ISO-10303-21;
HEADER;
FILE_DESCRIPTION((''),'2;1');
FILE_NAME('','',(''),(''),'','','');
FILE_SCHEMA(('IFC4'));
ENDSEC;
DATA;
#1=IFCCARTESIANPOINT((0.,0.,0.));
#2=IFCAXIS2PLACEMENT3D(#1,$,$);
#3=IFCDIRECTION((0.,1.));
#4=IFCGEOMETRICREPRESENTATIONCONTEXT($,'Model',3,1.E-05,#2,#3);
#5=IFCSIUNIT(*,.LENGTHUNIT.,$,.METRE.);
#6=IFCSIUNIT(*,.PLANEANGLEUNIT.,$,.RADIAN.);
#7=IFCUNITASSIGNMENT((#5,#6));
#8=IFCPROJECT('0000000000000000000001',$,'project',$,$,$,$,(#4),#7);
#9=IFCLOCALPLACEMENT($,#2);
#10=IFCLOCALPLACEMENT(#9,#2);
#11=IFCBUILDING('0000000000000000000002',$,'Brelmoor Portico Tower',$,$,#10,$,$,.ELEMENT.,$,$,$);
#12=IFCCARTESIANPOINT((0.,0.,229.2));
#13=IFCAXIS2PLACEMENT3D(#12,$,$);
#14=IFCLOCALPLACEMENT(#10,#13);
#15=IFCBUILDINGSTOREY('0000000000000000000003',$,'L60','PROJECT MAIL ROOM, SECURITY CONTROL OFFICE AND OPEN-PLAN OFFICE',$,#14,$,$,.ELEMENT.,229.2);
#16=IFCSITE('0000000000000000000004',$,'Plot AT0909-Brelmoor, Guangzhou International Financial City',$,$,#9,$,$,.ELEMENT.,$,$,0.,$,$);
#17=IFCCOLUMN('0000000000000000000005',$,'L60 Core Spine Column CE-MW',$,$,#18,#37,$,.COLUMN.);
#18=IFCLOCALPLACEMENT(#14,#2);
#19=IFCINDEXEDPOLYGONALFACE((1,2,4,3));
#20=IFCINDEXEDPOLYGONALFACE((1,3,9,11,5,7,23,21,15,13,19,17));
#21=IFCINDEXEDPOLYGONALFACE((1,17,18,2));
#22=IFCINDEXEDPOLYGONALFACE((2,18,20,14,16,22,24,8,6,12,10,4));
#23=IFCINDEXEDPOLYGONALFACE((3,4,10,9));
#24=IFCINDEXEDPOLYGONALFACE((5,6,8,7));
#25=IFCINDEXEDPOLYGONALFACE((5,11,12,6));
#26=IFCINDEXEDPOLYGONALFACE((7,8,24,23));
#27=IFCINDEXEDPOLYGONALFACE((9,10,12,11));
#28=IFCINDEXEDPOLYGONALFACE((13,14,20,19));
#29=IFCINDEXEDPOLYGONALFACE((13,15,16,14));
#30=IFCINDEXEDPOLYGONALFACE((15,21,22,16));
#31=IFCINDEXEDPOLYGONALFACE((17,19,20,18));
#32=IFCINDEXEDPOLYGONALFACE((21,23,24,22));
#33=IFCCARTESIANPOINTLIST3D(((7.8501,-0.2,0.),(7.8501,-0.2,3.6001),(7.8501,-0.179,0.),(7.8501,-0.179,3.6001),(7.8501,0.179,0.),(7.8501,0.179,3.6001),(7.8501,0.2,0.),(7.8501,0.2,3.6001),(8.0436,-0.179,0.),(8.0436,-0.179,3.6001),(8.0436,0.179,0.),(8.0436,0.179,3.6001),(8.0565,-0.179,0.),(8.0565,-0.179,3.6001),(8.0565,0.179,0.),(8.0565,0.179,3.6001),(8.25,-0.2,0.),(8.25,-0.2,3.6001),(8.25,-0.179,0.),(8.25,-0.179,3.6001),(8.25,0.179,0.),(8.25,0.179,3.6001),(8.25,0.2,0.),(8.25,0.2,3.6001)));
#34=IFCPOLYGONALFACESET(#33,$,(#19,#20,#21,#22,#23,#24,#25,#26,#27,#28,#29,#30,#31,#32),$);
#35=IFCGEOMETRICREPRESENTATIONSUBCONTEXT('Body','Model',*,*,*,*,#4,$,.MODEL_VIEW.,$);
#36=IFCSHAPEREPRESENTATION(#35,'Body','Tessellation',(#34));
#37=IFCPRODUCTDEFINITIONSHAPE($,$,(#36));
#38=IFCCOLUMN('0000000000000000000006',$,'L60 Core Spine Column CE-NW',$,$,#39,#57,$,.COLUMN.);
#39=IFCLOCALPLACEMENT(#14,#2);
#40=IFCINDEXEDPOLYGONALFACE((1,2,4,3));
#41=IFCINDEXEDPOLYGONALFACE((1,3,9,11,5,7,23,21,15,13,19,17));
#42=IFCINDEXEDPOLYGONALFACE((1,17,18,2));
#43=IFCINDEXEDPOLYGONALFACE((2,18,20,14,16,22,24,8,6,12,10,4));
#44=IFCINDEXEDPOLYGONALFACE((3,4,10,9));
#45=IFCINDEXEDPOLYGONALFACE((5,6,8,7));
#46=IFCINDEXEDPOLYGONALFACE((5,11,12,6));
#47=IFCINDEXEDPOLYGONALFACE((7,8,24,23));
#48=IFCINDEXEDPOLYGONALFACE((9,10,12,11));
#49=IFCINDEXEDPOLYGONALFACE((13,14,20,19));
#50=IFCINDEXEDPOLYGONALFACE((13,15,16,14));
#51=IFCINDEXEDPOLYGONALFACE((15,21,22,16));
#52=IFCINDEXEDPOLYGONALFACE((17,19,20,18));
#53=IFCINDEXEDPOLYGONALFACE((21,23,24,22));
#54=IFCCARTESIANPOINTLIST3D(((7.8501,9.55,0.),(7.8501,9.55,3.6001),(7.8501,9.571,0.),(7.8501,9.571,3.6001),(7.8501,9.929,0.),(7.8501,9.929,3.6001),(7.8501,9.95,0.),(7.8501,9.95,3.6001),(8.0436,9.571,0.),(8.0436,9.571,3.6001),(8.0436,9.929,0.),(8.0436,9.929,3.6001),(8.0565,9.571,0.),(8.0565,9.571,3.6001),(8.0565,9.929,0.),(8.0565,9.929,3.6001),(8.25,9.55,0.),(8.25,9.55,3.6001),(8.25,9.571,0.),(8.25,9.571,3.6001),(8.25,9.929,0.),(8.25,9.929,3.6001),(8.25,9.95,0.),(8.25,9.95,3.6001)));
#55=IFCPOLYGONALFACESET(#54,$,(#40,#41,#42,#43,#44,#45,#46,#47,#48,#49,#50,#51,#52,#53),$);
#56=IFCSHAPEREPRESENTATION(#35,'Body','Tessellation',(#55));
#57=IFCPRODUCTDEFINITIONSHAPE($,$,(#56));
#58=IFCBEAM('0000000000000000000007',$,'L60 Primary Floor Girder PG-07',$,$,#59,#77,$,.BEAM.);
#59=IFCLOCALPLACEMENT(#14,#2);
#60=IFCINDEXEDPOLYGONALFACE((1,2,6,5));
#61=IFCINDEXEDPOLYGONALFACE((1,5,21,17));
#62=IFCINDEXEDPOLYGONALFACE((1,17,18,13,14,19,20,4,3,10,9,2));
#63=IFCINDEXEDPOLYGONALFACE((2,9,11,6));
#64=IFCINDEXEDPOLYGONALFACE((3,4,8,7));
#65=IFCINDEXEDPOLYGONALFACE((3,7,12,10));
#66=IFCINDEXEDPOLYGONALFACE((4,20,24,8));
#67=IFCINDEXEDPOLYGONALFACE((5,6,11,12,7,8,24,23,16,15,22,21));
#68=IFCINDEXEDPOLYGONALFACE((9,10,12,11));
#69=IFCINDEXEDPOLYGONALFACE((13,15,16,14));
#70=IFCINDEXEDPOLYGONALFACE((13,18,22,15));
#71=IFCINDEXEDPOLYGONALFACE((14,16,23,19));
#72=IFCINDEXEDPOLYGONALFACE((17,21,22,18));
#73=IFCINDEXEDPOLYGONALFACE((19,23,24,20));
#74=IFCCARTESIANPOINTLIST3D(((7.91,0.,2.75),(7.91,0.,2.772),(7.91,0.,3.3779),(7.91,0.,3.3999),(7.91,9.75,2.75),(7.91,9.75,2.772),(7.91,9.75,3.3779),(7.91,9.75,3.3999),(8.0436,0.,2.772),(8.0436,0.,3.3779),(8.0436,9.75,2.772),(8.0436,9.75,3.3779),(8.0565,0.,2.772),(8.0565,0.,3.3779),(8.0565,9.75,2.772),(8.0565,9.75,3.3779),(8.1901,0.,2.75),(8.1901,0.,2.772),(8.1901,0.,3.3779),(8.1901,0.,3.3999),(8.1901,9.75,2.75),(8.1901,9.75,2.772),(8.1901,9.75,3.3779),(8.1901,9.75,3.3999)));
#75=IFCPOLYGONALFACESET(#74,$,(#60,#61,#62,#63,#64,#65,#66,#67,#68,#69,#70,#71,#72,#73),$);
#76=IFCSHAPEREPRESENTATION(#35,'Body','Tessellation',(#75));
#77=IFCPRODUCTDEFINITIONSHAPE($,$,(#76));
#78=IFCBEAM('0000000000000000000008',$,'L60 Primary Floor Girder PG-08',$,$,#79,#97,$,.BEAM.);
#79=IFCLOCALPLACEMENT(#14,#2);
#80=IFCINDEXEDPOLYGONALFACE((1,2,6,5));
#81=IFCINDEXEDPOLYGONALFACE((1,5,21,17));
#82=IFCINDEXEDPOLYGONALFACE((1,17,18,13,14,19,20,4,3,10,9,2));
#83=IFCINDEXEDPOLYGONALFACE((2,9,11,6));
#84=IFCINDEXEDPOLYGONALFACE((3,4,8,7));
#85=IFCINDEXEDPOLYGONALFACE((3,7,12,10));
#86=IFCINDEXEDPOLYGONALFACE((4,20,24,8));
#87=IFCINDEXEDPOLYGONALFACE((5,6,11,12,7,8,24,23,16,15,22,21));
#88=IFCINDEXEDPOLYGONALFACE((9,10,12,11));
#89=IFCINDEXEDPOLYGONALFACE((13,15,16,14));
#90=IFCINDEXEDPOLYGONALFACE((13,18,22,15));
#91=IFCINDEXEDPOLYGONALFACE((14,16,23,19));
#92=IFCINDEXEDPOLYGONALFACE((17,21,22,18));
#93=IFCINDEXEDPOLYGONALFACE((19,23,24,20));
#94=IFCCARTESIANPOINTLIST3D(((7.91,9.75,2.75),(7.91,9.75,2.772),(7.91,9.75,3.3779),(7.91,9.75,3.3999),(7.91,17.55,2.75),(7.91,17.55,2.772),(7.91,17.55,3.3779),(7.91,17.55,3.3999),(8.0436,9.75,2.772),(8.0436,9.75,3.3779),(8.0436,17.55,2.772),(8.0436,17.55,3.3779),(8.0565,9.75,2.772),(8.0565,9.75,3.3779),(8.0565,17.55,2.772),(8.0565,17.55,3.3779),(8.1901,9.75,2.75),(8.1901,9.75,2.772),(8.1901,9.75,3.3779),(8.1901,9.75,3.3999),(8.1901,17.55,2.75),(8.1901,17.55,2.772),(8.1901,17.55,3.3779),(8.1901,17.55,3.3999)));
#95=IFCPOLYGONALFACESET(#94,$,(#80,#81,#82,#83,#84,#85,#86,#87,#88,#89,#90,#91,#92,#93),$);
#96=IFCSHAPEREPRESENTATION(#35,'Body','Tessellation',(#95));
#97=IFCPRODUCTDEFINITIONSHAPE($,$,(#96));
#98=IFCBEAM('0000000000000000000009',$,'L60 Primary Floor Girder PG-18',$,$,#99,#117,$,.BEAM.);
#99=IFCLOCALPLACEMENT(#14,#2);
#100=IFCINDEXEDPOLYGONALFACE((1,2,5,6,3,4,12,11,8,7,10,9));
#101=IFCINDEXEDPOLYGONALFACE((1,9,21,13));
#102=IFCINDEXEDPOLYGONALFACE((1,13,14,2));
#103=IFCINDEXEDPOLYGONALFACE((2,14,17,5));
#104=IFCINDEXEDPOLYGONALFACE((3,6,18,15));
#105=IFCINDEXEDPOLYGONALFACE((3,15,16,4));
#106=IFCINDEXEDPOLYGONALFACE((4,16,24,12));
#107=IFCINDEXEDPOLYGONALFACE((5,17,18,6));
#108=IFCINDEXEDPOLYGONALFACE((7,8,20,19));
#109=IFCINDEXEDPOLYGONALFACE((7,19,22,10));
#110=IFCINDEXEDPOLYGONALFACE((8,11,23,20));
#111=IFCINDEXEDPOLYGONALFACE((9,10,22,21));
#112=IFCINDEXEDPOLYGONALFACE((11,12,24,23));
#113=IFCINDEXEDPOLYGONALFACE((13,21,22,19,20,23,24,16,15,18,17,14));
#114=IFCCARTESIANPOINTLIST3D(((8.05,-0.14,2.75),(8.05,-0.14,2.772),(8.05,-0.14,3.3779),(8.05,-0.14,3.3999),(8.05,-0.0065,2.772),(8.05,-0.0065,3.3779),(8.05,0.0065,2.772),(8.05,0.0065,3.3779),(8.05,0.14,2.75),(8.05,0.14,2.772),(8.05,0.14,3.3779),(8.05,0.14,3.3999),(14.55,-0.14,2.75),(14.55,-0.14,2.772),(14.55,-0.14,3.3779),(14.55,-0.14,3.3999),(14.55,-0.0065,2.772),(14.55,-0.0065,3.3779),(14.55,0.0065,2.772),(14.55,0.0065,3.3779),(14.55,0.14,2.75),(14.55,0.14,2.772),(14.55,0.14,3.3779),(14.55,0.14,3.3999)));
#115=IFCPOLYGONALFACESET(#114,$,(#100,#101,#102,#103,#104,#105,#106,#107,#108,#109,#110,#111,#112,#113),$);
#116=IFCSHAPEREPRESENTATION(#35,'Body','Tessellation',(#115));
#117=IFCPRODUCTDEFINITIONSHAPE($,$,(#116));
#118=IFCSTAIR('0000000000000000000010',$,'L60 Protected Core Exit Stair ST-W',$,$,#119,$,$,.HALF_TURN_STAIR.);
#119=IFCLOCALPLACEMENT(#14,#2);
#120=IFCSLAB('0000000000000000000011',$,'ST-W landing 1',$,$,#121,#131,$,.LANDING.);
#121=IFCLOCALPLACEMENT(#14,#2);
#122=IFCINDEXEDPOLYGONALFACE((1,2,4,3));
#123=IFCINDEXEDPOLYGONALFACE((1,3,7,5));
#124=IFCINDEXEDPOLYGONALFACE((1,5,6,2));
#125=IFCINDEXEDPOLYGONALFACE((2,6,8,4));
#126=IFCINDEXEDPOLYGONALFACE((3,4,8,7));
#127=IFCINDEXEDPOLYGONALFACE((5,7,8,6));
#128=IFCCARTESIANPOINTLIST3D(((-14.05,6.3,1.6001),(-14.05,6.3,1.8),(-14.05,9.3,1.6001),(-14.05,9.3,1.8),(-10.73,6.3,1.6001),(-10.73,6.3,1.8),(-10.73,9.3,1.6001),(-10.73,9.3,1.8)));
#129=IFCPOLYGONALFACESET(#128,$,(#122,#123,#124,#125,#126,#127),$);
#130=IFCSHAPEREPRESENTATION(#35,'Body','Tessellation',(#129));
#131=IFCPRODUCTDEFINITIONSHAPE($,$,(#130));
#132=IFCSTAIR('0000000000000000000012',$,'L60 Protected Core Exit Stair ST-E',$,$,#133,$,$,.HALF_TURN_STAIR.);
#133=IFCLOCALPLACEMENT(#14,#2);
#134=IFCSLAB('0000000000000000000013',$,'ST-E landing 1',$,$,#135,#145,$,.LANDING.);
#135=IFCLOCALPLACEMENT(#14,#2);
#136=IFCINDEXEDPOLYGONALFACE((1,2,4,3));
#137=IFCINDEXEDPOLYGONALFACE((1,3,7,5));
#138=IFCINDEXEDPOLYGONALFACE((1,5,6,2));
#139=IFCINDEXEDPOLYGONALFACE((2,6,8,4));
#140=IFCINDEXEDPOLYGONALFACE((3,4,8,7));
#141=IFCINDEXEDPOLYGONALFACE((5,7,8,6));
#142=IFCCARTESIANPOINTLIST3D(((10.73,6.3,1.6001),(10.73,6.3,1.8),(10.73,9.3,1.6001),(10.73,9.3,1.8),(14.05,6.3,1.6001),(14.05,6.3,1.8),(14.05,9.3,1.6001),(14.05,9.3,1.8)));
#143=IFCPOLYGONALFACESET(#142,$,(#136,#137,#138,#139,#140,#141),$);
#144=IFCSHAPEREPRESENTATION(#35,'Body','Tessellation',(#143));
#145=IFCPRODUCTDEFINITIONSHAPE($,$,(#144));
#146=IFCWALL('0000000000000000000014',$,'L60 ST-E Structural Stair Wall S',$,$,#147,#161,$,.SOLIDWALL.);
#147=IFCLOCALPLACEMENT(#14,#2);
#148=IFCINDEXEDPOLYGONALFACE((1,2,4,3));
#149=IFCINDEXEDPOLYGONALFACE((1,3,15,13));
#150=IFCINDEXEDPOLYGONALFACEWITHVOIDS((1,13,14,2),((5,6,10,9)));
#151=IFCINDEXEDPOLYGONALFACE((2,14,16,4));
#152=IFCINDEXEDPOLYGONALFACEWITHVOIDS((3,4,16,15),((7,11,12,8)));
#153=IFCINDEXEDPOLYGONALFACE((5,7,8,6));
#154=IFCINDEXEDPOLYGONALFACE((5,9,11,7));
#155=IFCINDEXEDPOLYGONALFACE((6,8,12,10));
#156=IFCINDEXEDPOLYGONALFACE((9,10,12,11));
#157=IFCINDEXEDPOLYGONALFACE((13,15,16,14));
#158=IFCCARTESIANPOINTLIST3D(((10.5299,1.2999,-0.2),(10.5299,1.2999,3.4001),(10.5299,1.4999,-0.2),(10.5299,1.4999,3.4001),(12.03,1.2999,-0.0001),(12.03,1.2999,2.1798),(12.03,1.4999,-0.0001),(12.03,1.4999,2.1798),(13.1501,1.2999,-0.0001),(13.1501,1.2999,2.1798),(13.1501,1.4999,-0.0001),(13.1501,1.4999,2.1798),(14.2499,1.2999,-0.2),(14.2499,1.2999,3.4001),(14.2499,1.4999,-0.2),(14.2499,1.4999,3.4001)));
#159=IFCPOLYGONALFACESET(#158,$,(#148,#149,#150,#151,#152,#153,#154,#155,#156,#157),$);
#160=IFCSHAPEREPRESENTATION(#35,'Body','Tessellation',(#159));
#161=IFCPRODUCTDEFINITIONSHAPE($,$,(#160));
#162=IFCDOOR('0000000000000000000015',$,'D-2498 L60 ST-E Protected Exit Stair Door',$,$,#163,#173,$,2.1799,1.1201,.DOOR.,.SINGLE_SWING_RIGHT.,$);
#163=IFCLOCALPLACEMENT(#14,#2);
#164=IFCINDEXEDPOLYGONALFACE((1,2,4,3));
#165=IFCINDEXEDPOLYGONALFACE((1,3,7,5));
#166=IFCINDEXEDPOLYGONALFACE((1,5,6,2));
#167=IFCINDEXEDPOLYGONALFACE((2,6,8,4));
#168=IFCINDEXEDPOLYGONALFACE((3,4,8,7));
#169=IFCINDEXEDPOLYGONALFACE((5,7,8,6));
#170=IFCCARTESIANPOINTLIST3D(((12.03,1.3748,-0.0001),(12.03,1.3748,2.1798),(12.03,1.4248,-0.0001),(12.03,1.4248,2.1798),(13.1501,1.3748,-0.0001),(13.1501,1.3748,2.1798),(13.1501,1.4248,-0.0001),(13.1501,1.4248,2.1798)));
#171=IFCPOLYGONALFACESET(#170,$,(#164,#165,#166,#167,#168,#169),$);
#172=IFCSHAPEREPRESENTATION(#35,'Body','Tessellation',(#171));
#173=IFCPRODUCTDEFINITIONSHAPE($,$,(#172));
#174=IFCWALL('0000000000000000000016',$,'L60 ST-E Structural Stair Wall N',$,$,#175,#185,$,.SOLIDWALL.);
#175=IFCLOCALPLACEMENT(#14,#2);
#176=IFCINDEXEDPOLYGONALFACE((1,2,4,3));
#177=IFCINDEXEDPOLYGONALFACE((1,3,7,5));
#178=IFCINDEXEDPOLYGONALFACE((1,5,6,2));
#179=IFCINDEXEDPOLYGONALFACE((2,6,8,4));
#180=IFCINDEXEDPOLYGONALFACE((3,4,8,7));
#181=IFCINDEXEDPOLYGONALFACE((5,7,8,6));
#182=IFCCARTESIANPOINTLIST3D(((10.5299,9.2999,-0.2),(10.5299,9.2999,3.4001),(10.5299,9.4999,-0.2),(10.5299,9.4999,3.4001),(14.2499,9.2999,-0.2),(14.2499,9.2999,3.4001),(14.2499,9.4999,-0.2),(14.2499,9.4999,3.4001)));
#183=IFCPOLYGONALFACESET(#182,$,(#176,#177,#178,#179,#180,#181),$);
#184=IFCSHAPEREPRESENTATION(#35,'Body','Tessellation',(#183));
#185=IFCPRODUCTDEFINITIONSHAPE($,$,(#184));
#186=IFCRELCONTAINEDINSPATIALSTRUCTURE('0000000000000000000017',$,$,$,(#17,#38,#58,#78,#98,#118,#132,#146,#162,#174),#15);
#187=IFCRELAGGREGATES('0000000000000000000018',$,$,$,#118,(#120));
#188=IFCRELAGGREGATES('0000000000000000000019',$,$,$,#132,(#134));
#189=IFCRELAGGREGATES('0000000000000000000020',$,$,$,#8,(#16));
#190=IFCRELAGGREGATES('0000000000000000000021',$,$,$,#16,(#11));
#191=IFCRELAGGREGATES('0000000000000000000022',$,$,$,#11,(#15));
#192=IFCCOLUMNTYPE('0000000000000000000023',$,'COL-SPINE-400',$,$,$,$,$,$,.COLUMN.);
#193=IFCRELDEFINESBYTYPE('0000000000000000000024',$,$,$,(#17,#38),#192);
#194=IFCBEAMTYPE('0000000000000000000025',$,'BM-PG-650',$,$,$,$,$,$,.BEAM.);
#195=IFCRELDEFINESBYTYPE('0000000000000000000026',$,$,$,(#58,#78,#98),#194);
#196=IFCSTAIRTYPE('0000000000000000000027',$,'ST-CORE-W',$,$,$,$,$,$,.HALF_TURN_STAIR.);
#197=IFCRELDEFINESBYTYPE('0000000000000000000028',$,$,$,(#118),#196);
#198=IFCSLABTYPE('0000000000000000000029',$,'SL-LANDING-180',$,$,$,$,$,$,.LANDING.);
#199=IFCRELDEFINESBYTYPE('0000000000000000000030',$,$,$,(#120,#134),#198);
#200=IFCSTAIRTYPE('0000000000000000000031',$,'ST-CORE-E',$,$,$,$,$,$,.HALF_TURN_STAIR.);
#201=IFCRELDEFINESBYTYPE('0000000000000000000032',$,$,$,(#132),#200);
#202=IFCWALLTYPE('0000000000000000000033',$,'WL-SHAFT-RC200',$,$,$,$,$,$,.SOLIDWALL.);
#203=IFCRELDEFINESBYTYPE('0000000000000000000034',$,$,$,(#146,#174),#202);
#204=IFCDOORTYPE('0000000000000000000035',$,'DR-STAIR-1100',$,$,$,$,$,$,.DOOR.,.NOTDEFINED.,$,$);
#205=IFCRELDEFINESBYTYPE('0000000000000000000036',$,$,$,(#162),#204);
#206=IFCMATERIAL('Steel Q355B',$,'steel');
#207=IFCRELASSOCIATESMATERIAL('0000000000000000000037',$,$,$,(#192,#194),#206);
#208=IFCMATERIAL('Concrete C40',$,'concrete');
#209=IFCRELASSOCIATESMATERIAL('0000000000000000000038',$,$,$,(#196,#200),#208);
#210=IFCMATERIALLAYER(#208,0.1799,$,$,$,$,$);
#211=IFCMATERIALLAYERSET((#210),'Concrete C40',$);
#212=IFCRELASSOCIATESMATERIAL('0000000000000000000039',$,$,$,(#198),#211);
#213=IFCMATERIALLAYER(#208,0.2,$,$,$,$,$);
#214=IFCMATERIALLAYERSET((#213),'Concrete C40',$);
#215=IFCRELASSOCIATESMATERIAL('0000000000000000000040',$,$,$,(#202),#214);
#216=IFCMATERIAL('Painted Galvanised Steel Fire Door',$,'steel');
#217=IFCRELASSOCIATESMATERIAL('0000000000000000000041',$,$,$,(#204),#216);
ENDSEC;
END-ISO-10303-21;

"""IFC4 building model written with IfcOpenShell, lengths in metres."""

from ifc_helpers import new_model, si_unit, direction, frame, frame_2d, origin, origin_2d, place, context, subcontext, project, spatial, polyline, rectangle, i_section, outline, extrude, material, layer, layer_set, material_profile, profile_set, type_object, element, fill, aggregate, save


model = new_model("IFC4")

# Units and contexts
model_context = context("Model", 3, precision=1e-05, world=origin(), true_north=direction((0.0, 1.0)))
body_context = subcontext(model_context, "Body", "Model", "MODEL_VIEW")
ifc_project = project(units=[si_unit("LENGTHUNIT", "METRE"), si_unit("PLANEANGLEUNIT", "RADIAN")], contexts=[model_context])

# Site, building, storey
site_placement = place(None, origin())
site = spatial("IfcSite", under=ifc_project, at=site_placement, Name="Plot AT0909-Brelmoor, Guangzhou International Financial City", CompositionType="ELEMENT", RefElevation=0.0)
building_placement = place(site_placement, origin())
building = spatial("IfcBuilding", under=site, at=building_placement, Name="Brelmoor Portico Tower", CompositionType="ELEMENT")
storey_placement = place(building_placement, frame((0.0, 0.0, 229.2)))
storey = spatial("IfcBuildingStorey", under=building, at=storey_placement, Name="L60", Description="PROJECT MAIL ROOM, SECURITY CONTROL OFFICE AND OPEN-PLAN OFFICE", CompositionType="ELEMENT", Elevation=229.2)

# Columns
ifc_material_1 = material(Name="Steel Q355B", Category="steel")
ifc_material_profile_1 = material_profile(ifc_material_1, i_section(OverallWidth=0.3999, OverallDepth=0.3999, WebThickness=0.0129, FlangeThickness=0.021, at=origin_2d()), Name="HW 400x400x13x21")
ifc_profile_set_1 = profile_set([ifc_material_profile_1], Name="Steel Q355B")
column_type = type_object("IfcColumnType", Name="COL-SPINE-400", PredefinedType="COLUMN", material=ifc_profile_set_1)
for number, where, z_axis, x_axis, name in (
    (1, (8.05, 0.0, 0.0), (0.0, 0.0, 1.0), (1.0, 0.0, 0.0), "L60 Core Spine Column CE-MW"),
    (2, (8.05, 9.75, 0.0), (0.0, 0.0, 1.0), (1.0, 0.0, 0.0), "L60 Core Spine Column CE-NW"),
):
    element("IfcColumn", number, at=place(storey_placement, frame(where, z_axis=z_axis, x_axis=x_axis)), inside=storey, type_object=column_type, Name=name, PredefinedType="COLUMN", context=body_context, shape_type="SweptSolid", body=[
        extrude(i_section(OverallWidth=0.3999, OverallDepth=0.3999, WebThickness=0.0129, FlangeThickness=0.021, at=origin_2d()), origin(), (0.0, 0.0, 1.0), 3.6001),
    ])

# Beams
ifc_material_profile_2 = material_profile(ifc_material_1, i_section(OverallWidth=0.28, OverallDepth=0.6499, WebThickness=0.0129, FlangeThickness=0.022, at=origin_2d()), Name="HN 650x280x13x22")
ifc_profile_set_2 = profile_set([ifc_material_profile_2], Name="Steel Q355B")
beam_type = type_object("IfcBeamType", Name="BM-PG-650", PredefinedType="BEAM", material=ifc_profile_set_2)
beam_1_placement = place(storey_placement, frame((8.05, 0.0, 3.075), z_axis=(0.0, 1.0, 0.0), x_axis=(-1.0, 0.0, 0.0)))
element("IfcBeam", 3, at=beam_1_placement, inside=storey, type_object=beam_type, Name="L60 Primary Floor Girder PG-07", PredefinedType="BEAM", context=body_context, shape_type="SweptSolid", body=[
    extrude(i_section(OverallWidth=0.28, OverallDepth=0.6499, WebThickness=0.0129, FlangeThickness=0.022, at=origin_2d()), origin(), (0.0, 0.0, 1.0), 9.75),
])
beam_2_placement = place(storey_placement, frame((8.05, 9.75, 3.075), z_axis=(0.0, 1.0, 0.0), x_axis=(-1.0, 0.0, 0.0)))
element("IfcBeam", 4, at=beam_2_placement, inside=storey, type_object=beam_type, Name="L60 Primary Floor Girder PG-08", PredefinedType="BEAM", context=body_context, shape_type="SweptSolid", body=[
    extrude(i_section(OverallWidth=0.28, OverallDepth=0.6499, WebThickness=0.0129, FlangeThickness=0.022, at=origin_2d()), origin(), (0.0, 0.0, 1.0), 7.8),
])
beam_3_placement = place(storey_placement, frame((8.05, 0.0, 3.075), z_axis=(1.0, 0.0, 0.0), x_axis=(0.0, 1.0, 0.0)))
element("IfcBeam", 5, at=beam_3_placement, inside=storey, type_object=beam_type, Name="L60 Primary Floor Girder PG-18", PredefinedType="BEAM", context=body_context, shape_type="SweptSolid", body=[
    extrude(i_section(OverallWidth=0.28, OverallDepth=0.6499, WebThickness=0.0129, FlangeThickness=0.022, at=origin_2d()), origin(), (0.0, 0.0, 1.0), 6.5),
])

# Stairs, slabs
ifc_material_2 = material(Name="Concrete C40", Category="concrete")
stair_type_1 = type_object("IfcStairType", Name="ST-CORE-W", PredefinedType="HALF_TURN_STAIR", material=ifc_material_2)
stair_1_placement = place(storey_placement, origin())
stair_1 = element("IfcStair", 6, at=stair_1_placement, inside=storey, type_object=stair_type_1, Name="L60 Protected Core Exit Stair ST-W", PredefinedType="HALF_TURN_STAIR")
ifc_layer_1 = layer(ifc_material_2, 0.1799)
ifc_layer_set_1 = layer_set([ifc_layer_1], Name="Concrete C40")
slab_type = type_object("IfcSlabType", Name="SL-LANDING-180", PredefinedType="LANDING", material=ifc_layer_set_1)
slab_1_placement = place(storey_placement, frame((0.0, 0.0, 1.6001)))
slab_1 = element("IfcSlab", 7, at=slab_1_placement, type_object=slab_type, Name="ST-W landing 1", PredefinedType="LANDING", context=body_context, shape_type="SweptSolid", body=[
    extrude(outline(polyline([(-10.73, 6.3), (-10.73, 9.3), (-14.05, 9.3), (-14.05, 6.3), (-10.73, 6.3)])), origin(), (0.0, 0.0, 1.0), 0.2),
])
aggregate(stair_1, [slab_1])
stair_type_2 = type_object("IfcStairType", Name="ST-CORE-E", PredefinedType="HALF_TURN_STAIR", material=ifc_material_2)
stair_2_placement = place(storey_placement, origin())
stair_2 = element("IfcStair", 8, at=stair_2_placement, inside=storey, type_object=stair_type_2, Name="L60 Protected Core Exit Stair ST-E", PredefinedType="HALF_TURN_STAIR")
slab_2_placement = place(storey_placement, frame((0.0, 0.0, 1.6001)))
slab_2 = element("IfcSlab", 9, at=slab_2_placement, type_object=slab_type, Name="ST-E landing 1", PredefinedType="LANDING", context=body_context, shape_type="SweptSolid", body=[
    extrude(outline(polyline([(14.05, 6.3), (14.05, 9.3), (10.73, 9.3), (10.73, 6.3), (14.05, 6.3)])), origin(), (0.0, 0.0, 1.0), 0.2),
])

# Wall, opening, door
ifc_layer_2 = layer(ifc_material_2, 0.2)
ifc_layer_set_2 = layer_set([ifc_layer_2], Name="Concrete C40")
wall_type = type_object("IfcWallType", Name="WL-SHAFT-RC200", PredefinedType="SOLIDWALL", material=ifc_layer_set_2)
wall_1_placement = place(storey_placement, frame((10.53, 1.3999, -0.2), z_axis=(0.0, 0.0, 1.0), x_axis=(1.0, 0.0, 0.0)))
wall_1 = element("IfcWall", 10, at=wall_1_placement, inside=storey, type_object=wall_type, Name="L60 ST-E Structural Stair Wall S", PredefinedType="SOLIDWALL", context=body_context, shape_type="SweptSolid", body=[
    extrude(rectangle(XDim=3.72, YDim=0.2, at=frame_2d((1.8599, 0.0))), origin(), (0.0, 0.0, 1.0), 3.6001),
])
opening_placement = place(wall_1_placement, frame((1.5, 0.0, 0.2)))
opening = element("IfcOpeningElement", 11, at=opening_placement, cuts=wall_1, PredefinedType="OPENING", context=body_context, shape_type="SweptSolid", body=[
    extrude(rectangle(XDim=1.1201, YDim=2.1799, at=frame_2d((0.5601, 1.0898))), frame((0.0, 0.1099, 0.0), z_axis=(0.0, -1.0, 0.0), x_axis=(1.0, 0.0, 0.0)), (0.0, 0.0, 1.0), 0.22),
])
ifc_material_3 = material(Name="Painted Galvanised Steel Fire Door", Category="steel")
door_type = type_object("IfcDoorType", Name="DR-STAIR-1100", OperationType="NOTDEFINED", PredefinedType="DOOR", material=ifc_material_3)
door_placement = place(opening_placement, origin())
door = element("IfcDoor", 12, at=door_placement, inside=storey, type_object=door_type, Name="D-2498 L60 ST-E Protected Exit Stair Door", OperationType="SINGLE_SWING_RIGHT", OverallHeight=2.1799, OverallWidth=1.1201, PredefinedType="DOOR", context=body_context, shape_type="SweptSolid", body=[
    extrude(rectangle(XDim=1.1201, YDim=2.1799, at=frame_2d((0.5601, 1.0898))), frame((0.0, 0.0249, 0.0), z_axis=(0.0, -1.0, 0.0), x_axis=(1.0, 0.0, 0.0)), (0.0, 0.0, 1.0), 0.05),
])
fill(opening, door)

# Wall
wall_2_placement = place(storey_placement, frame((10.53, 9.3999, -0.2), z_axis=(0.0, 0.0, 1.0), x_axis=(1.0, 0.0, 0.0)))
element("IfcWall", 13, at=wall_2_placement, inside=storey, type_object=wall_type, Name="L60 ST-E Structural Stair Wall N", PredefinedType="SOLIDWALL", context=body_context, shape_type="SweptSolid", body=[
    extrude(rectangle(XDim=3.72, YDim=0.2, at=frame_2d((1.8599, 0.0))), origin(), (0.0, 0.0, 1.0), 3.6001),
])

aggregate(stair_2, [slab_2])

save(model, "model.ifc")
